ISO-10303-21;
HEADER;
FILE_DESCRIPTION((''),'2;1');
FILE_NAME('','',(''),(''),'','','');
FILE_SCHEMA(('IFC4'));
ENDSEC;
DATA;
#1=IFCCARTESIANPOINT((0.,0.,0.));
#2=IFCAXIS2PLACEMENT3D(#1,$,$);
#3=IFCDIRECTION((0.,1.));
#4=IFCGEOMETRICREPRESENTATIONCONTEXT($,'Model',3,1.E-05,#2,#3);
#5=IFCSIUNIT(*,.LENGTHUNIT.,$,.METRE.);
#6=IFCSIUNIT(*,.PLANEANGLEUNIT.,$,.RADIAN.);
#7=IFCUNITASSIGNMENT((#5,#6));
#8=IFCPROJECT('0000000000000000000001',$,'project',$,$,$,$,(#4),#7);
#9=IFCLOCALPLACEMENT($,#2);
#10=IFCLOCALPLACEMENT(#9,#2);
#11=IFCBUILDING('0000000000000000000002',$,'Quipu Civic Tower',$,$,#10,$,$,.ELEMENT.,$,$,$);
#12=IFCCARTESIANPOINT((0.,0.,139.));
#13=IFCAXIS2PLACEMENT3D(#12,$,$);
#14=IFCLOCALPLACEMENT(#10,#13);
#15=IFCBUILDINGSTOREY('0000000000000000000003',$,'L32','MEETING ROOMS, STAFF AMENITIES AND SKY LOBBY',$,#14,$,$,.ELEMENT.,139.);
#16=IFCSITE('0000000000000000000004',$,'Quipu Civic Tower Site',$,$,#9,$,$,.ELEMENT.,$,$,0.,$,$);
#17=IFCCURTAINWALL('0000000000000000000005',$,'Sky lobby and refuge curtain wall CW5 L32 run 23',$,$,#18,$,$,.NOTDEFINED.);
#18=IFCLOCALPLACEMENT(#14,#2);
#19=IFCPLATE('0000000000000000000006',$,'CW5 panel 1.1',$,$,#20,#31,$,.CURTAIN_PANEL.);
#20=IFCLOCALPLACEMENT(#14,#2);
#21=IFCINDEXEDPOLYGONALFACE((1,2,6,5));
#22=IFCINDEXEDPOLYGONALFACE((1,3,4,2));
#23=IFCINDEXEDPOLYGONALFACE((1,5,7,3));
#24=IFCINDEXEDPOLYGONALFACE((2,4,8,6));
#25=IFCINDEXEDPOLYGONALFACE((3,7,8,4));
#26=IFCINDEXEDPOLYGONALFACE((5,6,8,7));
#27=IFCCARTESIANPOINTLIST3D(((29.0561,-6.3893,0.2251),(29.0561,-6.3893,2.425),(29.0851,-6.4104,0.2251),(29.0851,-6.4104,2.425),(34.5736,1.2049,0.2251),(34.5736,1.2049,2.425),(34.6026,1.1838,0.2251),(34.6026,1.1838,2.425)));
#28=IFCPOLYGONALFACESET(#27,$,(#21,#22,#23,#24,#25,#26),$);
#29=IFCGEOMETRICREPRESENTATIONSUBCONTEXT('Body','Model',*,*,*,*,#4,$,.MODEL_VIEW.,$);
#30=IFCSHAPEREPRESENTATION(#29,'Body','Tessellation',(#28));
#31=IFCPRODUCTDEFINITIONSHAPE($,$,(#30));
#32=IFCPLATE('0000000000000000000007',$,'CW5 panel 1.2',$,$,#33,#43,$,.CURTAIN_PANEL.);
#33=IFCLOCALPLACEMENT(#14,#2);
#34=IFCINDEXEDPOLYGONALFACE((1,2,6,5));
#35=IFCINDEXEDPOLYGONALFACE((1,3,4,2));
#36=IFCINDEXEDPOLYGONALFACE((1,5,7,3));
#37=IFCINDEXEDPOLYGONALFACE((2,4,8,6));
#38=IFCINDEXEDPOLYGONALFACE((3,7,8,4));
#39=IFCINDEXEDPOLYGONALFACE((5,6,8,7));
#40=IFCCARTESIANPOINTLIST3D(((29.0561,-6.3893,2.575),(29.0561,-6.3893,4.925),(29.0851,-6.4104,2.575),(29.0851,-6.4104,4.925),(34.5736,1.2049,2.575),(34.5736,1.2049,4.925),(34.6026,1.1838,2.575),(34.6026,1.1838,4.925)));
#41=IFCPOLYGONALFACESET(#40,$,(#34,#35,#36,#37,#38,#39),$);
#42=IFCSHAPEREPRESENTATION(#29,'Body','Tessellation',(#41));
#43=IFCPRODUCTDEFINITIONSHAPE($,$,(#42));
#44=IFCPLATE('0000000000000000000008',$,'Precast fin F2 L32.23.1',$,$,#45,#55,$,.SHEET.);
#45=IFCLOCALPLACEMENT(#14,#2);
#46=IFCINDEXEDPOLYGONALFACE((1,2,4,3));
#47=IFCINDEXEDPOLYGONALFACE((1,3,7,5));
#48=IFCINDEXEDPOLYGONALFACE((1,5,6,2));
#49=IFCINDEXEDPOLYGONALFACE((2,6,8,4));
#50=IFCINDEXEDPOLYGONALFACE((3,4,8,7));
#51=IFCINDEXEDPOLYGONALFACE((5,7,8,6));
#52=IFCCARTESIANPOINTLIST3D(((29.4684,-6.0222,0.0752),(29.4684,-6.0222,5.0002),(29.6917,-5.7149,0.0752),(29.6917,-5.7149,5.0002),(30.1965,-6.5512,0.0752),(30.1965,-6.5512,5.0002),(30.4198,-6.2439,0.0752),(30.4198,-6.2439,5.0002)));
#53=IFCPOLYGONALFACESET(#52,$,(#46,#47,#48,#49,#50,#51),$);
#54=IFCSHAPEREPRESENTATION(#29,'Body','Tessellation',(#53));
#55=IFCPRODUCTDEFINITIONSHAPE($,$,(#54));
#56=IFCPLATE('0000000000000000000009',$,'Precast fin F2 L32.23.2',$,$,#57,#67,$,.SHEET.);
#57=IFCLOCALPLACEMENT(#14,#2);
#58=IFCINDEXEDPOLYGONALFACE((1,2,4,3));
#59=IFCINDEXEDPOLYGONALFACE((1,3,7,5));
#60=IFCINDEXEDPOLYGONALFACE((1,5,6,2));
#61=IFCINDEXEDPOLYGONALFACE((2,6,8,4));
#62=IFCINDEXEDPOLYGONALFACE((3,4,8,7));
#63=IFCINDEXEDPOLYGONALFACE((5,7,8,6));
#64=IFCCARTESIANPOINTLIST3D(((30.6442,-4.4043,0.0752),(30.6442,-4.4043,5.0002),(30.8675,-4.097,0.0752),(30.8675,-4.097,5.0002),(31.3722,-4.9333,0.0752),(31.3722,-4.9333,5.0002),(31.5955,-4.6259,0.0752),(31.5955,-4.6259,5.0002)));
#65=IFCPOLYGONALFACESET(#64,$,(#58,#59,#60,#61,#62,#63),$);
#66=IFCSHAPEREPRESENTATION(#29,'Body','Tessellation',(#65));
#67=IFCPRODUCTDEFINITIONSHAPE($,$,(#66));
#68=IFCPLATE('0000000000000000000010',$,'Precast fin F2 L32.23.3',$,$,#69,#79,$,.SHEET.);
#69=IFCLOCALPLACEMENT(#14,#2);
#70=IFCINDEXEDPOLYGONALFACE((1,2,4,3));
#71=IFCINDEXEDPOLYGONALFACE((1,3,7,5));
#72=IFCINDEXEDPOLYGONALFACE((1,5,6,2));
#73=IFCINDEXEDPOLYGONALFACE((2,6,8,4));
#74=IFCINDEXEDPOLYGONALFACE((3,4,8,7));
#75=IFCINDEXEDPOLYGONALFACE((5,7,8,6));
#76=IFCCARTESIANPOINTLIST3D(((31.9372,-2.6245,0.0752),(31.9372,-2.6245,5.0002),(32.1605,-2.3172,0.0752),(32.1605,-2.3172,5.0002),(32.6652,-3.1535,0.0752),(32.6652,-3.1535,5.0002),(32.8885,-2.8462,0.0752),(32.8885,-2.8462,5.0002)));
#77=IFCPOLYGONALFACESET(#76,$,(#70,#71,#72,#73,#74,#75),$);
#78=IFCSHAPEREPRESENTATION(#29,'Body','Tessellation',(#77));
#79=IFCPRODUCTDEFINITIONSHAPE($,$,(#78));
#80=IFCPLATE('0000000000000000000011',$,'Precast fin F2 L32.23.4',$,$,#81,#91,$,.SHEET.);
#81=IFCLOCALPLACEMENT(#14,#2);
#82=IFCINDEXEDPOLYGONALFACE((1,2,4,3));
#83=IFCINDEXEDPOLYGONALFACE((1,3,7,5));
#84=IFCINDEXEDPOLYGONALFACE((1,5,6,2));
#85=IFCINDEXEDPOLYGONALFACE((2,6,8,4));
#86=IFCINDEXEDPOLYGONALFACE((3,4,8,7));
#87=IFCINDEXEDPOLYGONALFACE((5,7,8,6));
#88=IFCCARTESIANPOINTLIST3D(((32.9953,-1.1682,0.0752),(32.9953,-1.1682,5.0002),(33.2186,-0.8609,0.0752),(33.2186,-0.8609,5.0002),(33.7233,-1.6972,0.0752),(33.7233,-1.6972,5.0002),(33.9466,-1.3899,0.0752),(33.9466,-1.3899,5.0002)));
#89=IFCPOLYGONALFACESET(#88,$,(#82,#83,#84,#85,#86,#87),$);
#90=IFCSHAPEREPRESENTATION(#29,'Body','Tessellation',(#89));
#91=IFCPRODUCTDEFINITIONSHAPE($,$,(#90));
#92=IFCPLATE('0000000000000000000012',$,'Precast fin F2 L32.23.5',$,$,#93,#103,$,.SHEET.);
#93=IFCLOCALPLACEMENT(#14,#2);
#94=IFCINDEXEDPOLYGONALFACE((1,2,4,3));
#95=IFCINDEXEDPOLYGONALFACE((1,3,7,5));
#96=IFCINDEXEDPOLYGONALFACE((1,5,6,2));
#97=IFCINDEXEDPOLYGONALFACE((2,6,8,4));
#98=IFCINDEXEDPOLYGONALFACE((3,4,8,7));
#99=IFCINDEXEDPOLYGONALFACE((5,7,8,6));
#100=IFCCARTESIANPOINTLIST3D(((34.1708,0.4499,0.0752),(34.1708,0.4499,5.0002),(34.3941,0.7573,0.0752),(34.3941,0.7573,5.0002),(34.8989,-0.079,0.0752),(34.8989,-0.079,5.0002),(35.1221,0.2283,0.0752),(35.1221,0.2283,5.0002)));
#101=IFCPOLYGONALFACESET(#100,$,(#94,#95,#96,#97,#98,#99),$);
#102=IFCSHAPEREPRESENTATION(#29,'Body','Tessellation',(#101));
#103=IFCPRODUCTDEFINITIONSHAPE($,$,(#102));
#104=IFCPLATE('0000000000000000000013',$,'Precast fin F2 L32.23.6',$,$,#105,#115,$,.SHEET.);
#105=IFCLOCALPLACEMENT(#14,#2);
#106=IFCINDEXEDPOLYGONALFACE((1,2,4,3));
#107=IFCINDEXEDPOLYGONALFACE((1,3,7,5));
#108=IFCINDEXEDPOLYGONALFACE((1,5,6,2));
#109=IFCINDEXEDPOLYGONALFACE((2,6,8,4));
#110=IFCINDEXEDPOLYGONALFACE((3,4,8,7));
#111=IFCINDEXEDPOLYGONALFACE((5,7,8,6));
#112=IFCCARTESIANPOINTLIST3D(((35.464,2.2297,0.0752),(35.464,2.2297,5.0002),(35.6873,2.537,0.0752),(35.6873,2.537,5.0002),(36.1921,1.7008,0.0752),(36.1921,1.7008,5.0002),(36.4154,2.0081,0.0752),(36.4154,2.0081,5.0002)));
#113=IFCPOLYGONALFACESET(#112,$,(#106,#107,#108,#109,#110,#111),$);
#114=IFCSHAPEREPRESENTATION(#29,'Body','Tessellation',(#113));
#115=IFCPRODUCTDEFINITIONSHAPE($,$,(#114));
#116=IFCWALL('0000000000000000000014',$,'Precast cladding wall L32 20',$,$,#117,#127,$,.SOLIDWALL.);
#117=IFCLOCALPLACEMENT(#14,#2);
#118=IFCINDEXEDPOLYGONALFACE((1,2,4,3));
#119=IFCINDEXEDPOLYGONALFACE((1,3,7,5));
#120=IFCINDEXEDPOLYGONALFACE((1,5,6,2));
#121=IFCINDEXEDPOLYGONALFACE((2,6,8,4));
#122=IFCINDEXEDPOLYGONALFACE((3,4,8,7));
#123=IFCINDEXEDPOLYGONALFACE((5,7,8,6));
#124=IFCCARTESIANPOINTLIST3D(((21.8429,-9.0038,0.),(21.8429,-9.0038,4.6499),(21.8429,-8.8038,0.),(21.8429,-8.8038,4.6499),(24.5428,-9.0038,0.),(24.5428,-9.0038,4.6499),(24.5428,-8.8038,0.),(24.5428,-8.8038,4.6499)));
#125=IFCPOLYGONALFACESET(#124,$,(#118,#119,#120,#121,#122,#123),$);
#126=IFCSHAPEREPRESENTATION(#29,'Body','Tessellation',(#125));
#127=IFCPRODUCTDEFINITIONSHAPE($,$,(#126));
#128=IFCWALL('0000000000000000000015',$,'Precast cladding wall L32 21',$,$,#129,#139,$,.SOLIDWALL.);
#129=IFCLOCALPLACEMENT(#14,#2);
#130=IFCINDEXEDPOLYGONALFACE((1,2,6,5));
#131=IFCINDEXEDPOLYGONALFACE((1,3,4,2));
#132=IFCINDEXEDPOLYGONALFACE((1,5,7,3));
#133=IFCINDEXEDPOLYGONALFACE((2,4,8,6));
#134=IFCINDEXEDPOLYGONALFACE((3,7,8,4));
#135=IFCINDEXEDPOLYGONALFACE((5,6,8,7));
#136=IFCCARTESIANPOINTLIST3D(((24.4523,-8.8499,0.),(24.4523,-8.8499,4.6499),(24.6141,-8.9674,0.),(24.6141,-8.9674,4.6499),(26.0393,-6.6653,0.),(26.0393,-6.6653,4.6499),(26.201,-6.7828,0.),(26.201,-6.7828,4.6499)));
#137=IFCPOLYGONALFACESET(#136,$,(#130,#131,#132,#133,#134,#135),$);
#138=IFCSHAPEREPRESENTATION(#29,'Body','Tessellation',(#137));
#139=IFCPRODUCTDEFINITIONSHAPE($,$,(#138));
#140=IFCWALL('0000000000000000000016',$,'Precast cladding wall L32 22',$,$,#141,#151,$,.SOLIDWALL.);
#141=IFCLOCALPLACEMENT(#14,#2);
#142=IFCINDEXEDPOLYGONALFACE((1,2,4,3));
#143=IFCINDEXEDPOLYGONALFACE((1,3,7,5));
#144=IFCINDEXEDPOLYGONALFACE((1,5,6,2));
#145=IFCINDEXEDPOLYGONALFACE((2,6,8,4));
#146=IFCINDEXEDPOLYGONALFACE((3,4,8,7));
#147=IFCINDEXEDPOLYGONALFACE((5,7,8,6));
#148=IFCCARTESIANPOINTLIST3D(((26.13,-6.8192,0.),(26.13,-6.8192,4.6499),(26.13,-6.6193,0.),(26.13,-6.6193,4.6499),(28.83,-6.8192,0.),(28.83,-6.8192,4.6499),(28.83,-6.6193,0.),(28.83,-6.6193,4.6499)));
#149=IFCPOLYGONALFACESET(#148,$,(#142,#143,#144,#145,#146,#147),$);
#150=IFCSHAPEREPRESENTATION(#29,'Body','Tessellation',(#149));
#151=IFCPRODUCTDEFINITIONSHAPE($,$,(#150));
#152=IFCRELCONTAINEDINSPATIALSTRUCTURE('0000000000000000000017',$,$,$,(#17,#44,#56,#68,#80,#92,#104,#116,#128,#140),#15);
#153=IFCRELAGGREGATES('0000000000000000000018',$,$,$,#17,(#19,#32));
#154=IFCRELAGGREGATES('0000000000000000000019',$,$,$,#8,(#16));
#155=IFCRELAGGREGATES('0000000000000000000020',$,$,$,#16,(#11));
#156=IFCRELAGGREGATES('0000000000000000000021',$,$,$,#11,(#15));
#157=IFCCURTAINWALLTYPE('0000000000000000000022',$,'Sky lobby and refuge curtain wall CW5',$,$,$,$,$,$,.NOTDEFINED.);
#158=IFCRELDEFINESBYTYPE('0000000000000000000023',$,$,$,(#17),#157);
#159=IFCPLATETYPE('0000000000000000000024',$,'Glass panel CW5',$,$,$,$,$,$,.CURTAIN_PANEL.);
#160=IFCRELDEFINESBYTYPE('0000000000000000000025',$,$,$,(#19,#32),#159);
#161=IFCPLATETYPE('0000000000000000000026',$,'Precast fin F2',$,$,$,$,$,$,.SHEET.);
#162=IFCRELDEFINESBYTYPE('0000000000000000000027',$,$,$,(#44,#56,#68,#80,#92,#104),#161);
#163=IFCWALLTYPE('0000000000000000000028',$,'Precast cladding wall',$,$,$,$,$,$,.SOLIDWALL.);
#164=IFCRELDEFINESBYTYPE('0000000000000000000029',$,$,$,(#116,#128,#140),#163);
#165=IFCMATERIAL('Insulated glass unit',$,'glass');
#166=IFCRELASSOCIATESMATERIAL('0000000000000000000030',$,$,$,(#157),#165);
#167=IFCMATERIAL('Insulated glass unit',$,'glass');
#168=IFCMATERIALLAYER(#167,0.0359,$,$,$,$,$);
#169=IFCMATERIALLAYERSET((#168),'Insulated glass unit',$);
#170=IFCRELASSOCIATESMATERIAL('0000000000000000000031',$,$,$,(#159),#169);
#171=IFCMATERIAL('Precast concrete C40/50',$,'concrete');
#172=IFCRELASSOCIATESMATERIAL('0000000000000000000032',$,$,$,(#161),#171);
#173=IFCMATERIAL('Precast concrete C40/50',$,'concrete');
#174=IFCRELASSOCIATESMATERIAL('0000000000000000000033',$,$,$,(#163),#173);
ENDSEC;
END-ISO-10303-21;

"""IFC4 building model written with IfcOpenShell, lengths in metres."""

from ifc_helpers import new_model, si_unit, direction, frame, frame_2d, origin, origin_2d, place, context, subcontext, project, spatial, rectangle, extrude, material, layer, layer_set, type_object, element, aggregate, save


model = new_model("IFC4")

# Units and contexts
model_context = context("Model", 3, precision=1e-05, world=origin(), true_north=direction((0.0, 1.0)))
body_context = subcontext(model_context, "Body", "Model", "MODEL_VIEW")
ifc_project = project(units=[si_unit("LENGTHUNIT", "METRE"), si_unit("PLANEANGLEUNIT", "RADIAN")], contexts=[model_context])

# Site, building, storey
site_placement = place(None, origin())
site = spatial("IfcSite", under=ifc_project, at=site_placement, Name="Quipu Civic Tower Site", CompositionType="ELEMENT", RefElevation=0.0)
building_placement = place(site_placement, origin())
building = spatial("IfcBuilding", under=site, at=building_placement, Name="Quipu Civic Tower", CompositionType="ELEMENT")
storey_placement = place(building_placement, frame((0.0, 0.0, 139.0)))
storey = spatial("IfcBuildingStorey", under=building, at=storey_placement, Name="L32", Description="MEETING ROOMS, STAFF AMENITIES AND SKY LOBBY", CompositionType="ELEMENT", Elevation=139.0)

# Curtain wall
ifc_material_1 = material(Name="Insulated glass unit", Category="glass")
curtain_wall_type = type_object("IfcCurtainWallType", Name="Sky lobby and refuge curtain wall CW5", PredefinedType="NOTDEFINED", material=ifc_material_1)
curtain_wall_placement = place(storey_placement, origin())
curtain_wall = element("IfcCurtainWall", 1, at=curtain_wall_placement, inside=storey, type_object=curtain_wall_type, Name="Sky lobby and refuge curtain wall CW5 L32 run 23", PredefinedType="NOTDEFINED")

# Plates
ifc_material_2 = material(Name="Insulated glass unit", Category="glass")
ifc_layer = layer(ifc_material_2, 0.0359)
ifc_layer_set = layer_set([ifc_layer], Name="Insulated glass unit")
plate_type_1 = type_object("IfcPlateType", Name="Glass panel CW5", PredefinedType="CURTAIN_PANEL", material=ifc_layer_set)
plate_1_placement = place(storey_placement, frame((31.8293, -2.6028, 0.2251), z_axis=(0.0, 0.0, 1.0), x_axis=(0.587786, 0.809017, 0.0)))
plate_1 = element("IfcPlate", 2, at=plate_1_placement, type_object=plate_type_1, Name="CW5 panel 1.1", PredefinedType="CURTAIN_PANEL", context=body_context, shape_type="SweptSolid", body=[
    extrude(rectangle(XDim=9.387, YDim=0.0359, at=origin_2d()), origin(), (0.0, 0.0, 1.0), 2.2),
])
plate_2_placement = place(storey_placement, frame((31.8293, -2.6028, 2.575), z_axis=(0.0, 0.0, 1.0), x_axis=(0.587786, 0.809017, 0.0)))
plate_2 = element("IfcPlate", 3, at=plate_2_placement, type_object=plate_type_1, Name="CW5 panel 1.2", PredefinedType="CURTAIN_PANEL", context=body_context, shape_type="SweptSolid", body=[
    extrude(rectangle(XDim=9.387, YDim=0.0359, at=origin_2d()), origin(), (0.0, 0.0, 1.0), 2.3501),
])
aggregate(curtain_wall, [plate_1, plate_2])

# Plates
ifc_material_3 = material(Name="Precast concrete C40/50", Category="concrete")
plate_type_2 = type_object("IfcPlateType", Name="Precast fin F2", PredefinedType="SHEET", material=ifc_material_3)
for number, where, z_axis, x_axis, name in (
    (4, (29.9441, -6.1331, 0.0752), (0.0, 0.0, 1.0), (0.587786, 0.809017, 0.0), "Precast fin F2 L32.23.1"),
    (5, (31.1199, -4.5151, 0.0752), (0.0, 0.0, 1.0), (0.587786, 0.809017, 0.0), "Precast fin F2 L32.23.2"),
    (6, (32.4128, -2.7354, 0.0752), (0.0, 0.0, 1.0), (0.587786, 0.809017, 0.0), "Precast fin F2 L32.23.3"),
    (7, (33.4709, -1.2791, 0.0752), (0.0, 0.0, 1.0), (0.587786, 0.809017, 0.0), "Precast fin F2 L32.23.4"),
    (8, (34.6465, 0.3391, 0.0752), (0.0, 0.0, 1.0), (0.587786, 0.809017, 0.0), "Precast fin F2 L32.23.5"),
    (9, (35.9397, 2.1189, 0.0752), (0.0, 0.0, 1.0), (0.587786, 0.809017, 0.0), "Precast fin F2 L32.23.6"),
):
    element("IfcPlate", number, at=place(storey_placement, frame(where, z_axis=z_axis, x_axis=x_axis)), inside=storey, type_object=plate_type_2, Name=name, PredefinedType="SHEET", context=body_context, shape_type="SweptSolid", body=[
        extrude(rectangle(XDim=0.3799, YDim=0.8999, at=origin_2d()), origin(), (0.0, 0.0, 1.0), 4.925),
    ])

# Walls
ifc_material_4 = material(Name="Precast concrete C40/50", Category="concrete")
wall_type = type_object("IfcWallType", Name="Precast cladding wall", PredefinedType="SOLIDWALL", material=ifc_material_4)
wall_1_placement = place(storey_placement, frame((21.8428, -8.9038, 0.0), z_axis=(0.0, 0.0, 1.0), x_axis=(1.0, 0.0, 0.0)))
element("IfcWall", 10, at=wall_1_placement, inside=storey, type_object=wall_type, Name="Precast cladding wall L32 20", PredefinedType="SOLIDWALL", context=body_context, shape_type="SweptSolid", body=[
    extrude(rectangle(XDim=2.7, YDim=0.2, at=frame_2d((1.3501, 0.0))), origin(), (0.0, 0.0, 1.0), 4.6499),
])
wall_2_placement = place(storey_placement, frame((24.5332, -8.9087, 0.0), z_axis=(0.0, 0.0, 1.0), x_axis=(0.58772, 0.809064, 0.0)))
element("IfcWall", 11, at=wall_2_placement, inside=storey, type_object=wall_type, Name="Precast cladding wall L32 21", PredefinedType="SOLIDWALL", context=body_context, shape_type="SweptSolid", body=[
    extrude(rectangle(XDim=2.7002, YDim=0.2, at=frame_2d((1.3501, 0.0))), origin(), (0.0, 0.0, 1.0), 4.6499),
])
wall_3_placement = place(storey_placement, frame((26.1299, -6.7192, 0.0), z_axis=(0.0, 0.0, 1.0), x_axis=(1.0, 0.0, 0.0)))
element("IfcWall", 12, at=wall_3_placement, inside=storey, type_object=wall_type, Name="Precast cladding wall L32 22", PredefinedType="SOLIDWALL", context=body_context, shape_type="SweptSolid", body=[
    extrude(rectangle(XDim=2.7, YDim=0.2, at=frame_2d((1.3501, 0.0))), origin(), (0.0, 0.0, 1.0), 4.6499),
])

save(model, "model.ifc")
